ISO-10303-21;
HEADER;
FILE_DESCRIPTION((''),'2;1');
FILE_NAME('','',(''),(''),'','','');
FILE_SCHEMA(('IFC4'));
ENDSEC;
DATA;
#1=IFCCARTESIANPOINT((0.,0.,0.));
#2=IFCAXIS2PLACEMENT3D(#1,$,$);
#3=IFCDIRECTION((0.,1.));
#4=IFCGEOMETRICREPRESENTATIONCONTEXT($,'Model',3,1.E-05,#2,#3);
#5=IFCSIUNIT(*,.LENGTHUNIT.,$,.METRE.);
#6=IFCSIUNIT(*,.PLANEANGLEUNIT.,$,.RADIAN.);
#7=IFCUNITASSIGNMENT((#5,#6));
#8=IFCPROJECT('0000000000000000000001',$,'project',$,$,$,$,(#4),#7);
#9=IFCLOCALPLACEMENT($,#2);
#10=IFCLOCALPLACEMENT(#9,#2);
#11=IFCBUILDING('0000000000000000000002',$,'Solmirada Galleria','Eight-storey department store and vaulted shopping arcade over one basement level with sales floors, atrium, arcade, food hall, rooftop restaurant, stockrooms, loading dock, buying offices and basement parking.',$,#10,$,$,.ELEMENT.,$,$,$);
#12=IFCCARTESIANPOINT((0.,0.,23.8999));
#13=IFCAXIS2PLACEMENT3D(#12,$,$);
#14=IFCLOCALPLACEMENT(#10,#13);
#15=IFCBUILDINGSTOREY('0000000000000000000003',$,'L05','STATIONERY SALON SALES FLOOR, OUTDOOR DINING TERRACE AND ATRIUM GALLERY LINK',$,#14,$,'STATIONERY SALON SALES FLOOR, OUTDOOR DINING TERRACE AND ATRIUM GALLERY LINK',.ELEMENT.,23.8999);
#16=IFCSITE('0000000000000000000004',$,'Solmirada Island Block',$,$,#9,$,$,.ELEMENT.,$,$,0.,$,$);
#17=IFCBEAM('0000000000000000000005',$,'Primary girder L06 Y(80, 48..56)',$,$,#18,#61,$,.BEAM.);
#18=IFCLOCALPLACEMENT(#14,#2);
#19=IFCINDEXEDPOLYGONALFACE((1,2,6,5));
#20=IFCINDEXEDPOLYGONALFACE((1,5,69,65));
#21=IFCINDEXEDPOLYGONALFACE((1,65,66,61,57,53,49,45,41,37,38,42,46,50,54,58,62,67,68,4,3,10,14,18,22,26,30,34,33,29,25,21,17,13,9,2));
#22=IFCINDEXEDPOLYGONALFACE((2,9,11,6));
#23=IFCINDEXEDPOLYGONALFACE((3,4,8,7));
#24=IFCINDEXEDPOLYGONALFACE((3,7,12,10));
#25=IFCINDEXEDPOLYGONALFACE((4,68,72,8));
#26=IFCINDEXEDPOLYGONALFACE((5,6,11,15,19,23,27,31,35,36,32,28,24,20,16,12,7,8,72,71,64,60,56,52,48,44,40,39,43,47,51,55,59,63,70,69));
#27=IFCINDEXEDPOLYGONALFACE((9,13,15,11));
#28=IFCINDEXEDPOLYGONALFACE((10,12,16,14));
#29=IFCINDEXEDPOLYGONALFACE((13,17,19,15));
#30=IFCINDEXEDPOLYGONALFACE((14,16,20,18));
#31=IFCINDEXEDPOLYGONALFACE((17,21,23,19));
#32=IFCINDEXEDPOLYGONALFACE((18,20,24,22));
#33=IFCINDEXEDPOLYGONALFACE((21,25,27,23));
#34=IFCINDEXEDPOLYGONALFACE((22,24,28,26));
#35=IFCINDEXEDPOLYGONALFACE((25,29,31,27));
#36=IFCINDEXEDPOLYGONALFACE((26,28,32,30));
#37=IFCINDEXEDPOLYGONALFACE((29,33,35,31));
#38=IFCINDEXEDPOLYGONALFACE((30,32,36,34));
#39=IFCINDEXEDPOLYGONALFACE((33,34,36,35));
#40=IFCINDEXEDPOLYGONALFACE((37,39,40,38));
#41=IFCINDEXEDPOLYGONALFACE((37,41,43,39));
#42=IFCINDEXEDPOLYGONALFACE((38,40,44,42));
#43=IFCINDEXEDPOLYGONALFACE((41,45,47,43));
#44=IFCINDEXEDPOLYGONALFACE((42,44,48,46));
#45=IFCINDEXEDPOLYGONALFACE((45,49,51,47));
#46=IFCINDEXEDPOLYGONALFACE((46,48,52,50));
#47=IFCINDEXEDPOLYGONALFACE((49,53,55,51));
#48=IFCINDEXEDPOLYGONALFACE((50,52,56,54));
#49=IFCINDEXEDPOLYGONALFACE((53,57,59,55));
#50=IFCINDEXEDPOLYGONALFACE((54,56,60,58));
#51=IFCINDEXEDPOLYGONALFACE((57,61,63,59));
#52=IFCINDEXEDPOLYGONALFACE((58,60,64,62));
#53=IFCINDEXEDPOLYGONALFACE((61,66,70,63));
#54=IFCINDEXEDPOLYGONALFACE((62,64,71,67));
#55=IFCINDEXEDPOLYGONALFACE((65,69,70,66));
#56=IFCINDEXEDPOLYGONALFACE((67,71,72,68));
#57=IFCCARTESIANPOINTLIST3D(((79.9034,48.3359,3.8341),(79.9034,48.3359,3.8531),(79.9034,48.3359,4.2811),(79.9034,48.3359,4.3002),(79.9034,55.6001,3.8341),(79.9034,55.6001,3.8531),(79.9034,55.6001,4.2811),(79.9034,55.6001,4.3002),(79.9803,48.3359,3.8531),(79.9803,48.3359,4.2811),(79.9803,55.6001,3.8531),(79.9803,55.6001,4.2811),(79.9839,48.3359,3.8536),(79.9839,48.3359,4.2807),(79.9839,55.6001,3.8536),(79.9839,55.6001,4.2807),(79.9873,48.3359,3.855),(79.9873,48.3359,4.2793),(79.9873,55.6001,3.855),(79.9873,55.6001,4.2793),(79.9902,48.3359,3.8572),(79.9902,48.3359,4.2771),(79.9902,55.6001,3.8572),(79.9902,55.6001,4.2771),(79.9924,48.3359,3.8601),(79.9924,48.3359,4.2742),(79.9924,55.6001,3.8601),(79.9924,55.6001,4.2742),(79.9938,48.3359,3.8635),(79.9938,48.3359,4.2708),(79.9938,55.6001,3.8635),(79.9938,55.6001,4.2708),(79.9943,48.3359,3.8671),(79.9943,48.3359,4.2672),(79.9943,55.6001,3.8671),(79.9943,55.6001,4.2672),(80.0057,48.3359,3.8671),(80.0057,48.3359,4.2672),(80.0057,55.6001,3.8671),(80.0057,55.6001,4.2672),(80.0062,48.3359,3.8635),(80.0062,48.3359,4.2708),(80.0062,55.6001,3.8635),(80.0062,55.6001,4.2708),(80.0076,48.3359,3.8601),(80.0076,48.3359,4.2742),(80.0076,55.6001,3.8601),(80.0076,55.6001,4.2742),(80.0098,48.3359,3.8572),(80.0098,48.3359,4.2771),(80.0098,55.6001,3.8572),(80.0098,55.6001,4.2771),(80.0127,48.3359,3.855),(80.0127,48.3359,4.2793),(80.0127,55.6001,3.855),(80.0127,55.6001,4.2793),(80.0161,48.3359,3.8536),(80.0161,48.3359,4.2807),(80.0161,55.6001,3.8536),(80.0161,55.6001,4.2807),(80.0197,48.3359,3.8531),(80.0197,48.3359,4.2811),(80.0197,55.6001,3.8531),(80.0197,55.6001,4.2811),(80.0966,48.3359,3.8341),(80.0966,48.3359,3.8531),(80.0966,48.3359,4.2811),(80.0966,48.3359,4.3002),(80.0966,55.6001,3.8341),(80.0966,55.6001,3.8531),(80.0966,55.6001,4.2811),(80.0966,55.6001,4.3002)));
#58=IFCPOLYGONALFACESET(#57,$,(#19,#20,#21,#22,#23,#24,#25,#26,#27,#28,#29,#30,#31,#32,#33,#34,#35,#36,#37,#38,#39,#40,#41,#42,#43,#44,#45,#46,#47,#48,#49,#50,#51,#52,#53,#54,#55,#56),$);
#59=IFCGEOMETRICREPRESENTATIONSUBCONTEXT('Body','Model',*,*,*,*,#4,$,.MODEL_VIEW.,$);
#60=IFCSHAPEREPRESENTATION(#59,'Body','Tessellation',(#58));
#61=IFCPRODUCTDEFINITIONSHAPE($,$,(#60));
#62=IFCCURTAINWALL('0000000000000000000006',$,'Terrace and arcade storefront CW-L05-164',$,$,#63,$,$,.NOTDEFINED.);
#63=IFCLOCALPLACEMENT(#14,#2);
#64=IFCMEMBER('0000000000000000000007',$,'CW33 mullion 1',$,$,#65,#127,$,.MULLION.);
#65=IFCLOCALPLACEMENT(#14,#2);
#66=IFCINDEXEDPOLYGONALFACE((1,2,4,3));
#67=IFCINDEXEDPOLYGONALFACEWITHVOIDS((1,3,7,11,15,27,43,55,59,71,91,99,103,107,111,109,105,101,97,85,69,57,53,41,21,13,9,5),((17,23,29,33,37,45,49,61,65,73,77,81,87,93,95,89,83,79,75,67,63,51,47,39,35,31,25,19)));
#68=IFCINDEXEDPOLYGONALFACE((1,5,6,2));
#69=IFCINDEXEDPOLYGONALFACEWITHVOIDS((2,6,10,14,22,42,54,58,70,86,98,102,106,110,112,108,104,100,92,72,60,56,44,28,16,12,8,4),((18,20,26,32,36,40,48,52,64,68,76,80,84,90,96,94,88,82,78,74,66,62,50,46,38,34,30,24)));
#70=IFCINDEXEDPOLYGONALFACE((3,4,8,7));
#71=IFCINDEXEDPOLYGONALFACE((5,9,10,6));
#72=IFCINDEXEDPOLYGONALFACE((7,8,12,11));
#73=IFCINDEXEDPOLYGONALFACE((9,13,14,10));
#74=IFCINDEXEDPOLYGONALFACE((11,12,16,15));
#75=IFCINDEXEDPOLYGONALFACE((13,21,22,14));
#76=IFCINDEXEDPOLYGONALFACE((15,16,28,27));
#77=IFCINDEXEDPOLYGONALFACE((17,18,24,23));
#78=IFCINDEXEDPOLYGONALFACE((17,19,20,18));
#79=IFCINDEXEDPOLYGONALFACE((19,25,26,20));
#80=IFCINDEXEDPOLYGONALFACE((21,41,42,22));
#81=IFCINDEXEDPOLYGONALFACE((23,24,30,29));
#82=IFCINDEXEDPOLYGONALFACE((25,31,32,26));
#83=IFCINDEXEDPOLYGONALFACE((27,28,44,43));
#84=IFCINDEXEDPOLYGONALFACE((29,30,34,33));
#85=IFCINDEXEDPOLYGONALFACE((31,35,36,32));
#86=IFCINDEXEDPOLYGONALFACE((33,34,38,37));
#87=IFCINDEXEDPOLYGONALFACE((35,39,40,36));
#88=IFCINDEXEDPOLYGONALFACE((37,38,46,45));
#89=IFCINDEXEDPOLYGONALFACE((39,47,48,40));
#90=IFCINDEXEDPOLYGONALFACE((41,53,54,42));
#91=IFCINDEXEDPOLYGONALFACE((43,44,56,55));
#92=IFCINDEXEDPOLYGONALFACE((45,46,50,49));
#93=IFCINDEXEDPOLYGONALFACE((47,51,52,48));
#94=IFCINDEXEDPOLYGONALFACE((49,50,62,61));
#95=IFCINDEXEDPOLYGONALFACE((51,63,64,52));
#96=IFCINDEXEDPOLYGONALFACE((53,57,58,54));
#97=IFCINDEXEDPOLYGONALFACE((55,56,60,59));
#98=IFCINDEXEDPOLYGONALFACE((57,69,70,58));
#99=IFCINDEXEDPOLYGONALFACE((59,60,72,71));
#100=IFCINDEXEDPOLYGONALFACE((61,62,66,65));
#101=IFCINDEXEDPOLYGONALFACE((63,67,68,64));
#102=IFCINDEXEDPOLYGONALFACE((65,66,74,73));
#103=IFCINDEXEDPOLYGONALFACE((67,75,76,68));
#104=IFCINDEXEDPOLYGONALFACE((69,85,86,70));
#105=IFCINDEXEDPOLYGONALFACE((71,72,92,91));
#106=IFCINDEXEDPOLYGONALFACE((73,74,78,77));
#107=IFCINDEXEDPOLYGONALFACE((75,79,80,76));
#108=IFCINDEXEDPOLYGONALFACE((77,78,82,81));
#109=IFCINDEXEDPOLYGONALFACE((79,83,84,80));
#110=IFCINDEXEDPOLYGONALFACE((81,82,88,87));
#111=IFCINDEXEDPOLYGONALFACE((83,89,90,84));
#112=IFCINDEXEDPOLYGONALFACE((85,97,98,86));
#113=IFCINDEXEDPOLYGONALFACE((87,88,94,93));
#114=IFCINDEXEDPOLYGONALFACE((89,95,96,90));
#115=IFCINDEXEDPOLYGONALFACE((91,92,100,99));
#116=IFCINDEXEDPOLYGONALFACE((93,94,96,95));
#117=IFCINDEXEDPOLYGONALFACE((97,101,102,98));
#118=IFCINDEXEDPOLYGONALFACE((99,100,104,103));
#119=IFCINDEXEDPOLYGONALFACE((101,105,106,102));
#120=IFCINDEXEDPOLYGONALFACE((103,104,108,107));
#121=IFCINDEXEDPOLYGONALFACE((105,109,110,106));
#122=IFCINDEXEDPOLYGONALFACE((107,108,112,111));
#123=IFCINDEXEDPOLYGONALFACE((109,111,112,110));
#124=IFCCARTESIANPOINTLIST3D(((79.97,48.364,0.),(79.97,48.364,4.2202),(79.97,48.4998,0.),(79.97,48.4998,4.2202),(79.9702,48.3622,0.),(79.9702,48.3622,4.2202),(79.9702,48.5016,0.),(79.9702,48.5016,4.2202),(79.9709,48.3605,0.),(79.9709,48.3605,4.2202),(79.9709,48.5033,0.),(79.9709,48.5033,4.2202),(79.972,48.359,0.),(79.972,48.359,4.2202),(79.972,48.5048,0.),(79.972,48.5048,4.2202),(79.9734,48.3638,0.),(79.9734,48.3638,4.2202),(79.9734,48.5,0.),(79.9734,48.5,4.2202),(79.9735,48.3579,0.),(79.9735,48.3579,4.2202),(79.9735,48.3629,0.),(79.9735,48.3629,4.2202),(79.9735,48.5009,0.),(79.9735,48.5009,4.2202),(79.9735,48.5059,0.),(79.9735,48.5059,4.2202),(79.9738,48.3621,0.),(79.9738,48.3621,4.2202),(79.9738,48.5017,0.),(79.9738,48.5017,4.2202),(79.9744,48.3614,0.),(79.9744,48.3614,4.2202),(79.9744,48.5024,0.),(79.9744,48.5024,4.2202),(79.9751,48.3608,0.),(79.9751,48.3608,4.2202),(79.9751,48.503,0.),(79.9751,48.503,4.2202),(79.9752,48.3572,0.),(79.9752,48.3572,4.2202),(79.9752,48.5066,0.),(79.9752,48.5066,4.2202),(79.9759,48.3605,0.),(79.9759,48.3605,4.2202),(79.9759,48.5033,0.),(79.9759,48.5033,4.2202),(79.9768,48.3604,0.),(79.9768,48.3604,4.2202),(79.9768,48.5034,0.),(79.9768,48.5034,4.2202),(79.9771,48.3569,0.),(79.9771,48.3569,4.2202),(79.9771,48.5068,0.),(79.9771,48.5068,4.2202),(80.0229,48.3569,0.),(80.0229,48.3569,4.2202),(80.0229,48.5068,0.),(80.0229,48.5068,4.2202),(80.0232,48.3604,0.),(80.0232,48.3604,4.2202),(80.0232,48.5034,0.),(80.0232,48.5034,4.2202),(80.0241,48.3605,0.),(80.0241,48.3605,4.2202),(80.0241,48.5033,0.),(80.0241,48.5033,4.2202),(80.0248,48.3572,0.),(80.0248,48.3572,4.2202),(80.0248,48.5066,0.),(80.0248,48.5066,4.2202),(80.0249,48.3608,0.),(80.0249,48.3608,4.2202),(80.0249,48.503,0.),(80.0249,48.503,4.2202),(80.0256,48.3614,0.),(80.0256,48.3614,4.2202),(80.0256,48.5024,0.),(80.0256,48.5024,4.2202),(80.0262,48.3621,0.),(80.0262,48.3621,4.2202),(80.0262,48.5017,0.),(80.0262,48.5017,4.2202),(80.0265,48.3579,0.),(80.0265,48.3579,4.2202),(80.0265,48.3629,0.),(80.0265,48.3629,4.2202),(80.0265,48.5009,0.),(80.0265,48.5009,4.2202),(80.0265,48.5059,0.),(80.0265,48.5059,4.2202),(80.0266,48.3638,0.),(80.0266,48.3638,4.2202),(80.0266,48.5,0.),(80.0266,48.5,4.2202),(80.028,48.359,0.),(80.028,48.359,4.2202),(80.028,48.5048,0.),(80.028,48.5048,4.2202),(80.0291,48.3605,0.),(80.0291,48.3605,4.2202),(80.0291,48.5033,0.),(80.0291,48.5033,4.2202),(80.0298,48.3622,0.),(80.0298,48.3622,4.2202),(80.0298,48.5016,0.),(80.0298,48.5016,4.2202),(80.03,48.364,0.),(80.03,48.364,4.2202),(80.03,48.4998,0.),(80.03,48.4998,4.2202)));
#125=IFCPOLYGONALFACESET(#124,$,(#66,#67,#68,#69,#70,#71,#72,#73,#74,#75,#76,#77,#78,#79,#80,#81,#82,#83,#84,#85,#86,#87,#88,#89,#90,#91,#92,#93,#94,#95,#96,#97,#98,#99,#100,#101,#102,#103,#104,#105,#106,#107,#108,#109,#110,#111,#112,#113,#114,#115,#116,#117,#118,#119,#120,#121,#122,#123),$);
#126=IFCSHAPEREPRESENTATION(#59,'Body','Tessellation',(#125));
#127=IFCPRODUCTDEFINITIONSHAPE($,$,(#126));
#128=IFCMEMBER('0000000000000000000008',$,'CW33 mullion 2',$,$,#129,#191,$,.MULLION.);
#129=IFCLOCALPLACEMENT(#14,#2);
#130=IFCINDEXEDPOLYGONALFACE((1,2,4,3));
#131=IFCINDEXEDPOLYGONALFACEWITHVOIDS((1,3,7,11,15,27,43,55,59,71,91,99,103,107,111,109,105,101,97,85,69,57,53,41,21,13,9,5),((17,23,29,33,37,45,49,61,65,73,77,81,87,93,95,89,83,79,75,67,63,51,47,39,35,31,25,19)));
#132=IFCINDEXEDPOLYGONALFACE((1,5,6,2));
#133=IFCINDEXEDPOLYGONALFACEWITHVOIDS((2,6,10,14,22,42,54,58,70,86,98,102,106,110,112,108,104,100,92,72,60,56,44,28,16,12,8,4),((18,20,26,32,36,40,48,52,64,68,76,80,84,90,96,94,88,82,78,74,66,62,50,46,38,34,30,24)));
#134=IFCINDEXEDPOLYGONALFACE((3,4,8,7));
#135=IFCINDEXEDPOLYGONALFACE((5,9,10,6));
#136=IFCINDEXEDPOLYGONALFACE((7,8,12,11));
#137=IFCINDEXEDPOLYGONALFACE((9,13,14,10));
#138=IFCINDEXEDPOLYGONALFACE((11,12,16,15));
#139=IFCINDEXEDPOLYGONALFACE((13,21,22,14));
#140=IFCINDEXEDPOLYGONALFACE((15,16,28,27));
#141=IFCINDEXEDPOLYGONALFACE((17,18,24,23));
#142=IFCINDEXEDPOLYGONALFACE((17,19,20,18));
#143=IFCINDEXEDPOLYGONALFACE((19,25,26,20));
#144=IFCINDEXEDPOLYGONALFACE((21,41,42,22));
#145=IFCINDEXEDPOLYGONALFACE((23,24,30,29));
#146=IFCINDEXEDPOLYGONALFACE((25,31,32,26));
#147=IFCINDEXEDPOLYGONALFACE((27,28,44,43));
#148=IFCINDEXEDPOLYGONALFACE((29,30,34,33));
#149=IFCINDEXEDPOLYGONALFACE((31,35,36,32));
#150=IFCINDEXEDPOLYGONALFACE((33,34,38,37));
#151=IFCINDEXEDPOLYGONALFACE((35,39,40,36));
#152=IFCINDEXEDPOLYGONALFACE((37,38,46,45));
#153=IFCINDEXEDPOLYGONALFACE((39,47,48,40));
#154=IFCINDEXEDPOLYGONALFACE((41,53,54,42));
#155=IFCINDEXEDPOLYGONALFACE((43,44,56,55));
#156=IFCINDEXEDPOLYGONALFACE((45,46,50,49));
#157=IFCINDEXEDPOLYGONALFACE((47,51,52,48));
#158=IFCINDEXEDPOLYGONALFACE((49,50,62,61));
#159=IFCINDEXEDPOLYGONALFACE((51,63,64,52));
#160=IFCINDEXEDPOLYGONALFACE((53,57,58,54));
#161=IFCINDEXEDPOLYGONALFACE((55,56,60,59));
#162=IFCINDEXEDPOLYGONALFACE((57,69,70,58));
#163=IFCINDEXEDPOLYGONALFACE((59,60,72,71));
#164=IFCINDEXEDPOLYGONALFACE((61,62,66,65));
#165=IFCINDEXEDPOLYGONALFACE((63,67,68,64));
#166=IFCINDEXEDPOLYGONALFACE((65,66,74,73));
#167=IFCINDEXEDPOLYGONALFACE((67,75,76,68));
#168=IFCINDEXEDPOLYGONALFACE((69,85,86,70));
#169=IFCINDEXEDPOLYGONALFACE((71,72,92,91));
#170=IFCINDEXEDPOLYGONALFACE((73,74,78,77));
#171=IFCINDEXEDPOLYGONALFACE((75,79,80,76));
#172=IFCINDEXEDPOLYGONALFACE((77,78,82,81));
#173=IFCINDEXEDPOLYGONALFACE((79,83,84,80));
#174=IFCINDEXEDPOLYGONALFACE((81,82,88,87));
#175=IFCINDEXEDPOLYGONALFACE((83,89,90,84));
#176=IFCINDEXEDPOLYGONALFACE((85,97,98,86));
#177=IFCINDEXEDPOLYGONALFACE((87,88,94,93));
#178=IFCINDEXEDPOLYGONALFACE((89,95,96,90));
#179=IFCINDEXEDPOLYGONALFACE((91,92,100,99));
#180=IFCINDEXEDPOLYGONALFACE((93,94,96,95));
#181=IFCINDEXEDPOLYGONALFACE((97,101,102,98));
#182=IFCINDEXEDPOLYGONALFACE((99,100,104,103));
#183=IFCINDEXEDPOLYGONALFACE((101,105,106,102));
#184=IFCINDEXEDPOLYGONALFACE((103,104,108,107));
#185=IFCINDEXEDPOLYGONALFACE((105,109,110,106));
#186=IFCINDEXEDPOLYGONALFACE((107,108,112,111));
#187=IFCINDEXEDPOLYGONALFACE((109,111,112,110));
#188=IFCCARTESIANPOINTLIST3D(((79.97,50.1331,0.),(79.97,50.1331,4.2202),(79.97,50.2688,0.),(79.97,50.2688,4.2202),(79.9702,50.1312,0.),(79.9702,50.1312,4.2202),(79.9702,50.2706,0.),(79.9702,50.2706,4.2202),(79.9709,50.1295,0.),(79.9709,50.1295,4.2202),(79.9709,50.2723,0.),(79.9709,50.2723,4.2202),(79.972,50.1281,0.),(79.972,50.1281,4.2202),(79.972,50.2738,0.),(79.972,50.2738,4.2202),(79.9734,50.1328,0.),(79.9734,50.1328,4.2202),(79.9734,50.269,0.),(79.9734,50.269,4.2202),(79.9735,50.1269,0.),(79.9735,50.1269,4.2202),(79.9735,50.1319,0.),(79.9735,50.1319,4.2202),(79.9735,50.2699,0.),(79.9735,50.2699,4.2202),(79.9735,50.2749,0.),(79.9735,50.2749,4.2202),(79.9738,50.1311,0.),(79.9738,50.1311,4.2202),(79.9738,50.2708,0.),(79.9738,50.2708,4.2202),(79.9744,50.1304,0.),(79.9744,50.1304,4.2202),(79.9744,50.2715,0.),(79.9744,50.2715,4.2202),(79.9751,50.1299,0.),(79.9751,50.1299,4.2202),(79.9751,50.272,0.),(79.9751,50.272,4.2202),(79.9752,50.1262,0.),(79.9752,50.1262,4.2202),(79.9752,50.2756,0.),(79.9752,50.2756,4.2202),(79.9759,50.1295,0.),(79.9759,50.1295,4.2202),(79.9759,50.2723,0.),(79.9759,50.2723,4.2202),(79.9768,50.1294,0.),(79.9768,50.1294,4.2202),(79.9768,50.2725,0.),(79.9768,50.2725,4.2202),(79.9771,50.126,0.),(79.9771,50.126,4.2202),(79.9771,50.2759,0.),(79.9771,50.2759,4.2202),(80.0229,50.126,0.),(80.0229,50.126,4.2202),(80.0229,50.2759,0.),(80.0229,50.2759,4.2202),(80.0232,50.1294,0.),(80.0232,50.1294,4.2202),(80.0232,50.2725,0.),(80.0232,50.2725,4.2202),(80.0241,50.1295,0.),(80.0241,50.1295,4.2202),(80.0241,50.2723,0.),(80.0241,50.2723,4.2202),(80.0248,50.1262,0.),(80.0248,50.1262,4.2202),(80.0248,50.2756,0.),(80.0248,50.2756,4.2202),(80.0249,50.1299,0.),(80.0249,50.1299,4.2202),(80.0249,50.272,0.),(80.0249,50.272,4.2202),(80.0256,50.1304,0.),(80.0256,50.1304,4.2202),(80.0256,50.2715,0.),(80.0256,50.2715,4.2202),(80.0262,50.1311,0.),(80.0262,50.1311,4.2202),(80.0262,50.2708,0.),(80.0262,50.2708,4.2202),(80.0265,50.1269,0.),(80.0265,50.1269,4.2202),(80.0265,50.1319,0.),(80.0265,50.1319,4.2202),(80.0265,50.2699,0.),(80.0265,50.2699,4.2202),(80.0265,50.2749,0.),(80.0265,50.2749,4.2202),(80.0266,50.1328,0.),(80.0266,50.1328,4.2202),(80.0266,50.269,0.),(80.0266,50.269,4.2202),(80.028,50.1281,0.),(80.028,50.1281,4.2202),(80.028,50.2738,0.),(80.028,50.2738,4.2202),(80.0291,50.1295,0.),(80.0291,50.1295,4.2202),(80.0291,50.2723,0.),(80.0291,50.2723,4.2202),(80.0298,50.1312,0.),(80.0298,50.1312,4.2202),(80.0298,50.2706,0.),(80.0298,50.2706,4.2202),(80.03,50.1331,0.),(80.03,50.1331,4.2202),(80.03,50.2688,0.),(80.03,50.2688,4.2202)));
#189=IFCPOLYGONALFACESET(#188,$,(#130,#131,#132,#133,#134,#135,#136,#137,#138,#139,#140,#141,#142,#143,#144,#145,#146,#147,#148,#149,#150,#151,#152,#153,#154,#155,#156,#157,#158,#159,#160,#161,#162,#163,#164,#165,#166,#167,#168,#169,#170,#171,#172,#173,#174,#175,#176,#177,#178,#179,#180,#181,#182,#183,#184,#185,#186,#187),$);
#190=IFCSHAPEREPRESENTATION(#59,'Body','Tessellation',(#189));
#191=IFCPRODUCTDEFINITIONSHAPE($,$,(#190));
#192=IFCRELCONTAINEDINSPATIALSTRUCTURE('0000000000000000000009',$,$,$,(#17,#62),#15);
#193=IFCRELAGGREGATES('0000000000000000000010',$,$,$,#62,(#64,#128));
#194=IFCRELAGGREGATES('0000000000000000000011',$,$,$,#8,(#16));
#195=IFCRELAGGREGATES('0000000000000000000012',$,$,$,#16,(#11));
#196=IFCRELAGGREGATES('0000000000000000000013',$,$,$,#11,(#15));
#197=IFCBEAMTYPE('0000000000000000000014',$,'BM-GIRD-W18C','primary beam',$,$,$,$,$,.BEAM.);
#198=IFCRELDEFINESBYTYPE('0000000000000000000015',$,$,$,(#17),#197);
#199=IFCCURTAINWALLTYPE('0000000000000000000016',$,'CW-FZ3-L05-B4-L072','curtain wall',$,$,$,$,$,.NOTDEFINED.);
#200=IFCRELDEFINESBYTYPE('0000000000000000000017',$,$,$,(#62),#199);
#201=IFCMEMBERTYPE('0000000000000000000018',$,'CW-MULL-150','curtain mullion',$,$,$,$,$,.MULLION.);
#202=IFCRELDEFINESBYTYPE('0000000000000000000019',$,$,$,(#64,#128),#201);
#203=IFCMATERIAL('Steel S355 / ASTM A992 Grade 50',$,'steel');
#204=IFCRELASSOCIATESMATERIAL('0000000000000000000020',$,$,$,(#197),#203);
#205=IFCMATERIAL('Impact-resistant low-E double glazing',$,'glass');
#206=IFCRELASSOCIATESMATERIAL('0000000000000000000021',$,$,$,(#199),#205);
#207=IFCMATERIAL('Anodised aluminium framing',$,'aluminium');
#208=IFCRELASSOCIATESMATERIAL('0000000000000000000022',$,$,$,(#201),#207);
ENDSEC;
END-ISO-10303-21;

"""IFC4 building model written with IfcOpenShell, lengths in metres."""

from ifc_helpers import new_model, si_unit, direction, frame, origin, origin_2d, place, context, subcontext, project, spatial, hollow_rectangle, i_section, extrude, material, material_profile, profile_set, type_object, element, aggregate, save


model = new_model("IFC4")

# Units and contexts
model_context = context("Model", 3, precision=1e-05, world=origin(), true_north=direction((0.0, 1.0)))
body_context = subcontext(model_context, "Body", "Model", "MODEL_VIEW")
ifc_project = project(units=[si_unit("LENGTHUNIT", "METRE"), si_unit("PLANEANGLEUNIT", "RADIAN")], contexts=[model_context])

# Site, building, storey
site_placement = place(None, origin())
site = spatial("IfcSite", under=ifc_project, at=site_placement, Name="Solmirada Island Block", CompositionType="ELEMENT", RefElevation=0.0)
building_placement = place(site_placement, origin())
building = spatial("IfcBuilding", under=site, at=building_placement, Name="Solmirada Galleria", Description="Eight-storey department store and vaulted shopping arcade over one basement level with sales floors, atrium, arcade, food hall, rooftop restaurant, stockrooms, loading dock, buying offices and basement parking.", CompositionType="ELEMENT")
storey_placement = place(building_placement, frame((0.0, 0.0, 23.8999)))
storey = spatial("IfcBuildingStorey", under=building, at=storey_placement, Name="L05", Description="STATIONERY SALON SALES FLOOR, OUTDOOR DINING TERRACE AND ATRIUM GALLERY LINK", LongName="STATIONERY SALON SALES FLOOR, OUTDOOR DINING TERRACE AND ATRIUM GALLERY LINK", CompositionType="ELEMENT", Elevation=23.8999)

# Beam
ifc_material_1 = material(Name="Steel S355 / ASTM A992 Grade 50", Category="steel")
ifc_material_profile_1 = material_profile(ifc_material_1, i_section(OverallWidth=0.1931, OverallDepth=0.4661, WebThickness=0.0115, FlangeThickness=0.019, FilletRadius=0.0139, at=origin_2d()), Name="W18X65")
ifc_profile_set_1 = profile_set([ifc_material_profile_1], Name="Steel S355 / ASTM A992 Grade 50")
beam_type = type_object("IfcBeamType", Name="BM-GIRD-W18C", Description="primary beam", PredefinedType="BEAM", material=ifc_profile_set_1)
beam_1_placement = place(storey_placement, frame((80.0, 48.3359, 4.0671), z_axis=(0.0, 1.0, 0.0), x_axis=(-1.0, 0.0, 0.0)))
element("IfcBeam", 1, at=beam_1_placement, inside=storey, type_object=beam_type, Name="Primary girder L06 Y(80, 48..56)", PredefinedType="BEAM", context=body_context, shape_type="SweptSolid", body=[
    extrude(i_section(OverallWidth=0.1931, OverallDepth=0.4661, WebThickness=0.0115, FlangeThickness=0.019, FilletRadius=0.0139, at=origin_2d()), origin(), (0.0, 0.0, 1.0), 7.2642),
])

# Curtain wall, members
ifc_material_2 = material(Name="Impact-resistant low-E double glazing", Category="glass")
curtain_wall_type = type_object("IfcCurtainWallType", Name="CW-FZ3-L05-B4-L072", Description="curtain wall", PredefinedType="NOTDEFINED", material=ifc_material_2)
curtain_wall_placement = place(storey_placement, origin())
curtain_wall = element("IfcCurtainWall", 2, at=curtain_wall_placement, inside=storey, type_object=curtain_wall_type, Name="Terrace and arcade storefront CW-L05-164", PredefinedType="NOTDEFINED")
ifc_material_3 = material(Name="Anodised aluminium framing", Category="aluminium")
ifc_material_profile_2 = material_profile(ifc_material_3, hollow_rectangle(XDim=0.0601, YDim=0.1499, WallThickness=0.0034, InnerFilletRadius=0.0034, OuterFilletRadius=0.0071, at=origin_2d()), Name="ALU-MULL-150X60")
ifc_profile_set_2 = profile_set([ifc_material_profile_2], Name="Anodised aluminium framing")
member_type_1 = type_object("IfcMemberType", Name="CW-MULL-150", Description="curtain mullion", PredefinedType="MULLION", material=ifc_profile_set_2)
member_1_placement = place(storey_placement, frame((80.0, 48.4319, 0.0), z_axis=(0.0, 0.0, 1.0), x_axis=(-1.0, 0.0, 0.0)))
member_1 = element("IfcMember", 3, at=member_1_placement, type_object=member_type_1, Name="CW33 mullion 1", PredefinedType="MULLION", context=body_context, shape_type="SweptSolid", body=[
    extrude(hollow_rectangle(XDim=0.0601, YDim=0.1499, WallThickness=0.0034, InnerFilletRadius=0.0034, OuterFilletRadius=0.0071, at=origin_2d()), origin(), (0.0, 0.0, 1.0), 4.2202),
])
member_2_placement = place(storey_placement, frame((80.0, 50.2009, 0.0), z_axis=(0.0, 0.0, 1.0), x_axis=(-1.0, 0.0, 0.0)))
member_2 = element("IfcMember", 4, at=member_2_placement, type_object=member_type_1, Name="CW33 mullion 2", PredefinedType="MULLION", context=body_context, shape_type="SweptSolid", body=[
    extrude(hollow_rectangle(XDim=0.0601, YDim=0.1499, WallThickness=0.0034, InnerFilletRadius=0.0034, OuterFilletRadius=0.0071, at=origin_2d()), origin(), (0.0, 0.0, 1.0), 4.2202),
])
aggregate(curtain_wall, [member_1, member_2])

save(model, "model.ifc")
